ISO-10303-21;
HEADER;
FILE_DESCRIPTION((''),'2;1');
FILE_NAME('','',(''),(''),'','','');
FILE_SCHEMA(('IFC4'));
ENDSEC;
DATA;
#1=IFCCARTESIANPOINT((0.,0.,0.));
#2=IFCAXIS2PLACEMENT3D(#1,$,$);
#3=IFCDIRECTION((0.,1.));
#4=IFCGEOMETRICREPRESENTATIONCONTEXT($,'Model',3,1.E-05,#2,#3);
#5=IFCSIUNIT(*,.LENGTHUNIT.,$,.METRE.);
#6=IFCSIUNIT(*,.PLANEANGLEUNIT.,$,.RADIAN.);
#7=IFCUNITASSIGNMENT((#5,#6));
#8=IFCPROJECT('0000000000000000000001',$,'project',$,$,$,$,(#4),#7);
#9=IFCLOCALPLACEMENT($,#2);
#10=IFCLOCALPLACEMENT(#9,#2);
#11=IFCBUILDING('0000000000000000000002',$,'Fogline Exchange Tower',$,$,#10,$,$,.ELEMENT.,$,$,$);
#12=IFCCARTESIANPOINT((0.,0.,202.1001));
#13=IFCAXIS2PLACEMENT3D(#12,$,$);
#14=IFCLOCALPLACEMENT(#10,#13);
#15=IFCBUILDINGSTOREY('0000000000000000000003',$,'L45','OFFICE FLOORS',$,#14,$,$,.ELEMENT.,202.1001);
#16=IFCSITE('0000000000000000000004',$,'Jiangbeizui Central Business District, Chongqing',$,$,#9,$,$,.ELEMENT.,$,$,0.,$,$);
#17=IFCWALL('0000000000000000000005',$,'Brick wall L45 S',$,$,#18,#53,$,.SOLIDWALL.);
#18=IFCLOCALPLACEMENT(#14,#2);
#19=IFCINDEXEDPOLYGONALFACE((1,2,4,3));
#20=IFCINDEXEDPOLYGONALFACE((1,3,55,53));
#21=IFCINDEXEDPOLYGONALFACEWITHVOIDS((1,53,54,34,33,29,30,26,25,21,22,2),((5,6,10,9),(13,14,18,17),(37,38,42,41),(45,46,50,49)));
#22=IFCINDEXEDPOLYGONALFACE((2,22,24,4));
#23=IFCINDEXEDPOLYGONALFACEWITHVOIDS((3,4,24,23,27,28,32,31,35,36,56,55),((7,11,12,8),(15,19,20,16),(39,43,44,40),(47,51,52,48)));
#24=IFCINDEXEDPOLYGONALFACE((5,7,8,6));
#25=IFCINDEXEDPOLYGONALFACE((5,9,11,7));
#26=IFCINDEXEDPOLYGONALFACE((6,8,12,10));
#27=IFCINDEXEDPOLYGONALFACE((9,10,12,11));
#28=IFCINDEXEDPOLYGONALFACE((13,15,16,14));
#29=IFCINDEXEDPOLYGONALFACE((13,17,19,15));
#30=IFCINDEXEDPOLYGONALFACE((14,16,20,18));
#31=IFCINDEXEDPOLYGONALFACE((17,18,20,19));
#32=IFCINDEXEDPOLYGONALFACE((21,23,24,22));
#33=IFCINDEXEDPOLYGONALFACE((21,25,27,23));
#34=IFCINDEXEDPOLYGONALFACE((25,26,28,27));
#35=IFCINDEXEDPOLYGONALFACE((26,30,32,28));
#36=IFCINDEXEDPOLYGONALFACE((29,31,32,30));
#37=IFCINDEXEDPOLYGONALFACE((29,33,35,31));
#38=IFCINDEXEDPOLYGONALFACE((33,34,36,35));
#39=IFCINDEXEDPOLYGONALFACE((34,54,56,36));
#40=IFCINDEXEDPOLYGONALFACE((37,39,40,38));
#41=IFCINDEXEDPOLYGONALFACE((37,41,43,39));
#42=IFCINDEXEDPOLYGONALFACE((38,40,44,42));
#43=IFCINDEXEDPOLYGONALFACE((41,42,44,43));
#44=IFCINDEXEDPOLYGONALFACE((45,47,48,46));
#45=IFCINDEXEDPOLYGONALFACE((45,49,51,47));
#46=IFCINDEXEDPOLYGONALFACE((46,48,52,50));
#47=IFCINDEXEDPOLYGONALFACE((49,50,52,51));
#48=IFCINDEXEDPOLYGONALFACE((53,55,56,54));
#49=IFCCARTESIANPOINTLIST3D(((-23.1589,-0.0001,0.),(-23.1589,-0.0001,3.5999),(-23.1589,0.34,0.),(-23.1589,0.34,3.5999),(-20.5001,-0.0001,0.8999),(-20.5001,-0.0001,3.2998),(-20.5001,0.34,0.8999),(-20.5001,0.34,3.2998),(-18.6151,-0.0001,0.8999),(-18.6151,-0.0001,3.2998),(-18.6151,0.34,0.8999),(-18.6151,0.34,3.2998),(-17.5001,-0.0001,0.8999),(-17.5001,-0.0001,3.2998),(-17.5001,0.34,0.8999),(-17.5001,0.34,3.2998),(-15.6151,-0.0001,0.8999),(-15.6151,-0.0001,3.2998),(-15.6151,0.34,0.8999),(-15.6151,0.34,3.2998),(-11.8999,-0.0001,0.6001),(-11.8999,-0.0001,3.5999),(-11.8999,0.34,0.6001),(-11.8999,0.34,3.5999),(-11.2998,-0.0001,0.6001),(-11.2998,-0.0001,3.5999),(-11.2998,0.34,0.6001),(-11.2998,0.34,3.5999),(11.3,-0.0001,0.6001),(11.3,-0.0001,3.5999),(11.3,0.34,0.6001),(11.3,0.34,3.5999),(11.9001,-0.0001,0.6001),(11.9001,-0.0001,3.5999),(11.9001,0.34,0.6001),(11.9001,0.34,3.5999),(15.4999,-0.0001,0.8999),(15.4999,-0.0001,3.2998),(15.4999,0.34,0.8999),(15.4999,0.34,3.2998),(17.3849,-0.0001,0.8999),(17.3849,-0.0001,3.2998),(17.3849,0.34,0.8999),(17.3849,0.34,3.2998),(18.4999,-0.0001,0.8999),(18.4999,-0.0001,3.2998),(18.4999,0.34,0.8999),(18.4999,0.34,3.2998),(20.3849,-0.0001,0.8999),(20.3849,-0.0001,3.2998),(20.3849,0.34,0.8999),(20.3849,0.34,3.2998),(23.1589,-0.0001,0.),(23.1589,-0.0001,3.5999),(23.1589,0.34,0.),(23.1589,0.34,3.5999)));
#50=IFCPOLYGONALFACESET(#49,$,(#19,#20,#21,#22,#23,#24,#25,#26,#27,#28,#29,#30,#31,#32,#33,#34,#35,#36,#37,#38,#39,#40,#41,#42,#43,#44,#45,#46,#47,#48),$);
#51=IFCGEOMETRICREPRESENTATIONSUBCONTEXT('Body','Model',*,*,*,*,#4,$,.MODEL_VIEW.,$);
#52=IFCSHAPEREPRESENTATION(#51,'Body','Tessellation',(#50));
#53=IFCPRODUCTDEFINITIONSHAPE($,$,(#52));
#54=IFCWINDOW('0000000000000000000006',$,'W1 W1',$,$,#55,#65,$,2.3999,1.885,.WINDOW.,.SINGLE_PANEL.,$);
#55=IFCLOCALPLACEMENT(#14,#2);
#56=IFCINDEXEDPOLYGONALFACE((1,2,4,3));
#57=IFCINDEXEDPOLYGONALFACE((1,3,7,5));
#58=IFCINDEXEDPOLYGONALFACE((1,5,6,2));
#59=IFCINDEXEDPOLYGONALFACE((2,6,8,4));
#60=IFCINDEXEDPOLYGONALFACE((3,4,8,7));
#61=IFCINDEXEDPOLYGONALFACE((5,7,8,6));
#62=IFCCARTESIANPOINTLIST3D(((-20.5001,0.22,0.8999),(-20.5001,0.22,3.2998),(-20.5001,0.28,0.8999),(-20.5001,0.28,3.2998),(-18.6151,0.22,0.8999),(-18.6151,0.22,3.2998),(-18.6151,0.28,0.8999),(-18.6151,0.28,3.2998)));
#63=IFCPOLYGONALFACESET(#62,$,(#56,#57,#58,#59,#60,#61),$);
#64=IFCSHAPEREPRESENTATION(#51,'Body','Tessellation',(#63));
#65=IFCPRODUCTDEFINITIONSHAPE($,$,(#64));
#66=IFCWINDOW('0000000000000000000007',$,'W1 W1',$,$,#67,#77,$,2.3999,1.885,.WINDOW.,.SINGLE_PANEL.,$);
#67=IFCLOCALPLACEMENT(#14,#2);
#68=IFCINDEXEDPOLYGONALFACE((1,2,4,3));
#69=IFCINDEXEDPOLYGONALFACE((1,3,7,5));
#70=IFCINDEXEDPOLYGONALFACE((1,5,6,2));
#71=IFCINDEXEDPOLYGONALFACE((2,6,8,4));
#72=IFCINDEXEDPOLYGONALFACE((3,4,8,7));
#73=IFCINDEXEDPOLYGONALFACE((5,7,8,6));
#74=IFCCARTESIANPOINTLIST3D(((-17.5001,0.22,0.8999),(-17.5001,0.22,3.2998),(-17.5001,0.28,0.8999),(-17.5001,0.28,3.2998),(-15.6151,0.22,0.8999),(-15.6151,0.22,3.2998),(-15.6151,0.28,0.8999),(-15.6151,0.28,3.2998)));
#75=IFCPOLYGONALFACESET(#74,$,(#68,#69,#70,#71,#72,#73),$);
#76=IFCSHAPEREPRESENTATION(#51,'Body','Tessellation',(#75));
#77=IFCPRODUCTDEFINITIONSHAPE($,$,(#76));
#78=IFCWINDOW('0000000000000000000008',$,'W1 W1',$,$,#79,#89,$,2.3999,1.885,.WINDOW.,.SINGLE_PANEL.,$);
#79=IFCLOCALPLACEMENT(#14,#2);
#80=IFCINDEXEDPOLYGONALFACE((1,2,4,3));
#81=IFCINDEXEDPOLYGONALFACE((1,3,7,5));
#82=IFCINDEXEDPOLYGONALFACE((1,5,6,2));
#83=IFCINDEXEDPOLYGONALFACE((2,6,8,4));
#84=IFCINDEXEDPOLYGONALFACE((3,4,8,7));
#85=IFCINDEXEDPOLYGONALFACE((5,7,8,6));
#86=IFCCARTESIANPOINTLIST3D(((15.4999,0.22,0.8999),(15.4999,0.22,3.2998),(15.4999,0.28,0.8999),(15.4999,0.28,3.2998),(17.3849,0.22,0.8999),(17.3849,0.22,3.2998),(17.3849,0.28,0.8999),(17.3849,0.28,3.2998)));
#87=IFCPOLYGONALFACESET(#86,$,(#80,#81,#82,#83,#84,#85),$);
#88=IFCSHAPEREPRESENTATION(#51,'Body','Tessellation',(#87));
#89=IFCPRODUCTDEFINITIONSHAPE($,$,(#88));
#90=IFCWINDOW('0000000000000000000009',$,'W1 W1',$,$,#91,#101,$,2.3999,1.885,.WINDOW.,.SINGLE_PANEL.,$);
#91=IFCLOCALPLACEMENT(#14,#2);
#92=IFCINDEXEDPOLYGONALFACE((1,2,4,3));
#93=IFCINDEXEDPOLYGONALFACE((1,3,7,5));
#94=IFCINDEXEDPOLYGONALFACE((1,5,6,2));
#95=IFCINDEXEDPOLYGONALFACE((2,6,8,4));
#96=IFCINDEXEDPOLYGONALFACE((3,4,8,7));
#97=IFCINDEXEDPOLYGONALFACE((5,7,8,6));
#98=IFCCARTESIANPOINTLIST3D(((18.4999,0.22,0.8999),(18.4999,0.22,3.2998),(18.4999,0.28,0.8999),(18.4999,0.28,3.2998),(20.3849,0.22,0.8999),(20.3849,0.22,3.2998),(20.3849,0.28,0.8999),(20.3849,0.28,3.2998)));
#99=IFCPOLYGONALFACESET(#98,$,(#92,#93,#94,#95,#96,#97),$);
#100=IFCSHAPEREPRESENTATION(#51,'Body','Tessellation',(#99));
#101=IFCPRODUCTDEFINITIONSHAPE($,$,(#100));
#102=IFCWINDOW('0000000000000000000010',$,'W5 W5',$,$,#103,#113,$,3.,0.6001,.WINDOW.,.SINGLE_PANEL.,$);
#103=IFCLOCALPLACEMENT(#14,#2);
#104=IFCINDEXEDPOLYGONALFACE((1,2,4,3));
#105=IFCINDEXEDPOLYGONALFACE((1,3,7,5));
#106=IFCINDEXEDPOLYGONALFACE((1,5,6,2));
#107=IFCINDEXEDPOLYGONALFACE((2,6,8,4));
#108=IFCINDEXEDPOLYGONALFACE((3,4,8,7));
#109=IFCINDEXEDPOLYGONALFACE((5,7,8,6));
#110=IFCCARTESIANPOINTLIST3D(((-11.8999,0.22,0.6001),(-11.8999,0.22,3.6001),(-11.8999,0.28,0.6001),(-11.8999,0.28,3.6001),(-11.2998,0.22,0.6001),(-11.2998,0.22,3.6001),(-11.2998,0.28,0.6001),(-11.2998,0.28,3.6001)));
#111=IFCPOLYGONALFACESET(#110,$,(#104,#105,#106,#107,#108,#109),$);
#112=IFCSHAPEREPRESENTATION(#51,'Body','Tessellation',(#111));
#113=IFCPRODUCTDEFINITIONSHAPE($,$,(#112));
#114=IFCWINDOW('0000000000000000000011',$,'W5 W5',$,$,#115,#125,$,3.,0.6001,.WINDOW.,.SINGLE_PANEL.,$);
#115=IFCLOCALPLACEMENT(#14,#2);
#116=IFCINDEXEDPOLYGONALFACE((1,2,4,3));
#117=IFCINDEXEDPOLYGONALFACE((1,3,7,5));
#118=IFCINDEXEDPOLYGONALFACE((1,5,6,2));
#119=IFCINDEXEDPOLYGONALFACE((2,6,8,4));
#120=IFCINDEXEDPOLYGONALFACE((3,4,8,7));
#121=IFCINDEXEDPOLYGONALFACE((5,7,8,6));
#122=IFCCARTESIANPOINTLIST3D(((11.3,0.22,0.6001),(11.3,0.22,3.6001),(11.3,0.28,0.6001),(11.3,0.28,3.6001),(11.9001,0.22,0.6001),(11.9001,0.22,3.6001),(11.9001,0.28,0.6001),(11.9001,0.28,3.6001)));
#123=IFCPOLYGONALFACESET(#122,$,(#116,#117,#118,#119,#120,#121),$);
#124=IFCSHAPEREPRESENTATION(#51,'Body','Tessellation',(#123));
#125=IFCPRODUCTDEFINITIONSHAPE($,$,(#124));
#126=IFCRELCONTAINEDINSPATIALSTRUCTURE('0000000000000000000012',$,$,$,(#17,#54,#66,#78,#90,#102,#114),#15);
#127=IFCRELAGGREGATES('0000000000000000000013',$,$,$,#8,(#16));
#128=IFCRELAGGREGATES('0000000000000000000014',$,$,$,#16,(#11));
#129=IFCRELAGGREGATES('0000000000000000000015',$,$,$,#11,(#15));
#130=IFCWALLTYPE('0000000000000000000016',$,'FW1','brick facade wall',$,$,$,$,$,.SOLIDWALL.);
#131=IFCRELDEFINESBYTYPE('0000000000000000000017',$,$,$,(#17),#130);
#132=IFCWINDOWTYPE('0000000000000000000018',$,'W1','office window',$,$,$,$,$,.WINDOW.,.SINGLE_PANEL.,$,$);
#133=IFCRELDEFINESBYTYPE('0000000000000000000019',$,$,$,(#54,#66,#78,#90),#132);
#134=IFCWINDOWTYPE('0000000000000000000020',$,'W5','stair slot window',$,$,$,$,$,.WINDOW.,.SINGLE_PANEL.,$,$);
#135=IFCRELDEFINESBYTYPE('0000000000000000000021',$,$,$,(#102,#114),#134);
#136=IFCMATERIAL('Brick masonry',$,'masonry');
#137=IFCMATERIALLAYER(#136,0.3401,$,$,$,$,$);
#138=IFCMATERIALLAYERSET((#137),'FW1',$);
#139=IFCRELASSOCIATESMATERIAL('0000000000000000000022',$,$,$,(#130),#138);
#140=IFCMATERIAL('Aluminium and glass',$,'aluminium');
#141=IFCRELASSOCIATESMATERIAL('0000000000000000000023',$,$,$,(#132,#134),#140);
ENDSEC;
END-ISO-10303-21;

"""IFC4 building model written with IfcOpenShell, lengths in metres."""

from ifc_helpers import new_model, si_unit, direction, frame, frame_2d, origin, place, context, subcontext, project, spatial, rectangle, extrude, material, layer, layer_set, type_object, element, fill, save


model = new_model("IFC4")

# Units and contexts
model_context = context("Model", 3, precision=1e-05, world=origin(), true_north=direction((0.0, 1.0)))
body_context = subcontext(model_context, "Body", "Model", "MODEL_VIEW")
ifc_project = project(units=[si_unit("LENGTHUNIT", "METRE"), si_unit("PLANEANGLEUNIT", "RADIAN")], contexts=[model_context])

# Site, building, storey
site_placement = place(None, origin())
site = spatial("IfcSite", under=ifc_project, at=site_placement, Name="Jiangbeizui Central Business District, Chongqing", CompositionType="ELEMENT", RefElevation=0.0)
building_placement = place(site_placement, origin())
building = spatial("IfcBuilding", under=site, at=building_placement, Name="Fogline Exchange Tower", CompositionType="ELEMENT")
storey_placement = place(building_placement, frame((0.0, 0.0, 202.1001)))
storey = spatial("IfcBuildingStorey", under=building, at=storey_placement, Name="L45", Description="OFFICE FLOORS", CompositionType="ELEMENT", Elevation=202.1001)

# Shared definitions
ifc_material_1 = material(Name="Brick masonry", Category="masonry")
ifc_layer = layer(ifc_material_1, 0.3401)
ifc_layer_set = layer_set([ifc_layer], Name="FW1")
wall_type = type_object("IfcWallType", Name="FW1", Description="brick facade wall", PredefinedType="SOLIDWALL", material=ifc_layer_set)
ifc_material_2 = material(Name="Aluminium and glass", Category="aluminium")

# Wall, openings, windows
wall_1_placement = place(storey_placement, frame((-23.1589, 0.1699, 0.0), z_axis=(0.0, 0.0, 1.0), x_axis=(1.0, 0.0, 0.0)))
wall_1 = element("IfcWall", 1, at=wall_1_placement, inside=storey, type_object=wall_type, Name="Brick wall L45 S", PredefinedType="SOLIDWALL", context=body_context, shape_type="SweptSolid", body=[
    extrude(rectangle(XDim=46.3179, YDim=0.3401, at=frame_2d((23.1589, 0.0))), origin(), (0.0, 0.0, 1.0), 3.5999),
])
opening_1_placement = place(wall_1_placement, frame((2.6589, 0.0, 0.8999)))
opening_1 = element("IfcOpeningElement", 2, at=opening_1_placement, cuts=wall_1, PredefinedType="OPENING", context=body_context, shape_type="SweptSolid", body=[
    extrude(rectangle(XDim=1.885, YDim=2.3999, at=frame_2d((0.9424, 1.2))), frame((0.0, 0.1802, 0.0), z_axis=(0.0, -1.0, 0.0), x_axis=(1.0, 0.0, 0.0)), (0.0, 0.0, 1.0), 0.3601),
])
opening_2_placement = place(wall_1_placement, frame((5.6589, 0.0, 0.8999)))
opening_2 = element("IfcOpeningElement", 3, at=opening_2_placement, cuts=wall_1, PredefinedType="OPENING", context=body_context, shape_type="SweptSolid", body=[
    extrude(rectangle(XDim=1.885, YDim=2.3999, at=frame_2d((0.9424, 1.2))), frame((0.0, 0.1802, 0.0), z_axis=(0.0, -1.0, 0.0), x_axis=(1.0, 0.0, 0.0)), (0.0, 0.0, 1.0), 0.3601),
])
opening_3_placement = place(wall_1_placement, frame((38.6589, 0.0, 0.8999)))
opening_3 = element("IfcOpeningElement", 4, at=opening_3_placement, cuts=wall_1, PredefinedType="OPENING", context=body_context, shape_type="SweptSolid", body=[
    extrude(rectangle(XDim=1.885, YDim=2.3999, at=frame_2d((0.9424, 1.2))), frame((0.0, 0.1802, 0.0), z_axis=(0.0, -1.0, 0.0), x_axis=(1.0, 0.0, 0.0)), (0.0, 0.0, 1.0), 0.3601),
])
opening_4_placement = place(wall_1_placement, frame((41.6589, 0.0, 0.8999)))
opening_4 = element("IfcOpeningElement", 5, at=opening_4_placement, cuts=wall_1, PredefinedType="OPENING", context=body_context, shape_type="SweptSolid", body=[
    extrude(rectangle(XDim=1.885, YDim=2.3999, at=frame_2d((0.9424, 1.2))), frame((0.0, 0.1802, 0.0), z_axis=(0.0, -1.0, 0.0), x_axis=(1.0, 0.0, 0.0)), (0.0, 0.0, 1.0), 0.3601),
])
opening_5_placement = place(wall_1_placement, frame((11.259, 0.0, 0.6001)))
opening_5 = element("IfcOpeningElement", 6, at=opening_5_placement, cuts=wall_1, PredefinedType="OPENING", context=body_context, shape_type="SweptSolid", body=[
    extrude(rectangle(XDim=0.6001, YDim=3.0, at=frame_2d((0.3, 1.5))), frame((0.0, 0.1802, 0.0), z_axis=(0.0, -1.0, 0.0), x_axis=(1.0, 0.0, 0.0)), (0.0, 0.0, 1.0), 0.3601),
])
opening_6_placement = place(wall_1_placement, frame((34.459, 0.0, 0.6001)))
opening_6 = element("IfcOpeningElement", 7, at=opening_6_placement, cuts=wall_1, PredefinedType="OPENING", context=body_context, shape_type="SweptSolid", body=[
    extrude(rectangle(XDim=0.6001, YDim=3.0, at=frame_2d((0.3, 1.5))), frame((0.0, 0.1802, 0.0), z_axis=(0.0, -1.0, 0.0), x_axis=(1.0, 0.0, 0.0)), (0.0, 0.0, 1.0), 0.3601),
])
window_type_1 = type_object("IfcWindowType", Name="W1", Description="office window", PartitioningType="SINGLE_PANEL", PredefinedType="WINDOW", material=ifc_material_2)
window_1_placement = place(opening_1_placement, origin())
window_1 = element("IfcWindow", 8, at=window_1_placement, inside=storey, type_object=window_type_1, Name="W1 W1", OverallHeight=2.3999, OverallWidth=1.885, PartitioningType="SINGLE_PANEL", PredefinedType="WINDOW", context=body_context, shape_type="SweptSolid", body=[
    extrude(rectangle(XDim=1.885, YDim=2.3999, at=frame_2d((0.9424, 1.2))), frame((0.0, 0.1101, 0.0), z_axis=(0.0, -1.0, 0.0), x_axis=(1.0, 0.0, 0.0)), (0.0, 0.0, 1.0), 0.0601),
])
fill(opening_1, window_1)
window_2_placement = place(opening_2_placement, origin())
window_2 = element("IfcWindow", 9, at=window_2_placement, inside=storey, type_object=window_type_1, Name="W1 W1", OverallHeight=2.3999, OverallWidth=1.885, PartitioningType="SINGLE_PANEL", PredefinedType="WINDOW", context=body_context, shape_type="SweptSolid", body=[
    extrude(rectangle(XDim=1.885, YDim=2.3999, at=frame_2d((0.9424, 1.2))), frame((0.0, 0.1101, 0.0), z_axis=(0.0, -1.0, 0.0), x_axis=(1.0, 0.0, 0.0)), (0.0, 0.0, 1.0), 0.0601),
])
fill(opening_2, window_2)
window_3_placement = place(opening_3_placement, origin())
window_3 = element("IfcWindow", 10, at=window_3_placement, inside=storey, type_object=window_type_1, Name="W1 W1", OverallHeight=2.3999, OverallWidth=1.885, PartitioningType="SINGLE_PANEL", PredefinedType="WINDOW", context=body_context, shape_type="SweptSolid", body=[
    extrude(rectangle(XDim=1.885, YDim=2.3999, at=frame_2d((0.9424, 1.2))), frame((0.0, 0.1101, 0.0), z_axis=(0.0, -1.0, 0.0), x_axis=(1.0, 0.0, 0.0)), (0.0, 0.0, 1.0), 0.0601),
])
fill(opening_3, window_3)
window_4_placement = place(opening_4_placement, origin())
window_4 = element("IfcWindow", 11, at=window_4_placement, inside=storey, type_object=window_type_1, Name="W1 W1", OverallHeight=2.3999, OverallWidth=1.885, PartitioningType="SINGLE_PANEL", PredefinedType="WINDOW", context=body_context, shape_type="SweptSolid", body=[
    extrude(rectangle(XDim=1.885, YDim=2.3999, at=frame_2d((0.9424, 1.2))), frame((0.0, 0.1101, 0.0), z_axis=(0.0, -1.0, 0.0), x_axis=(1.0, 0.0, 0.0)), (0.0, 0.0, 1.0), 0.0601),
])
fill(opening_4, window_4)
window_type_2 = type_object("IfcWindowType", Name="W5", Description="stair slot window", PartitioningType="SINGLE_PANEL", PredefinedType="WINDOW", material=ifc_material_2)
window_5_placement = place(opening_5_placement, origin())
window_5 = element("IfcWindow", 12, at=window_5_placement, inside=storey, type_object=window_type_2, Name="W5 W5", OverallHeight=3.0, OverallWidth=0.6001, PartitioningType="SINGLE_PANEL", PredefinedType="WINDOW", context=body_context, shape_type="SweptSolid", body=[
    extrude(rectangle(XDim=0.6001, YDim=3.0, at=frame_2d((0.3, 1.5))), frame((0.0, 0.1101, 0.0), z_axis=(0.0, -1.0, 0.0), x_axis=(1.0, 0.0, 0.0)), (0.0, 0.0, 1.0), 0.0601),
])
fill(opening_5, window_5)
window_6_placement = place(opening_6_placement, origin())
window_6 = element("IfcWindow", 13, at=window_6_placement, inside=storey, type_object=window_type_2, Name="W5 W5", OverallHeight=3.0, OverallWidth=0.6001, PartitioningType="SINGLE_PANEL", PredefinedType="WINDOW", context=body_context, shape_type="SweptSolid", body=[
    extrude(rectangle(XDim=0.6001, YDim=3.0, at=frame_2d((0.3, 1.5))), frame((0.0, 0.1101, 0.0), z_axis=(0.0, -1.0, 0.0), x_axis=(1.0, 0.0, 0.0)), (0.0, 0.0, 1.0), 0.0601),
])
fill(opening_6, window_6)

save(model, "model.ifc")
